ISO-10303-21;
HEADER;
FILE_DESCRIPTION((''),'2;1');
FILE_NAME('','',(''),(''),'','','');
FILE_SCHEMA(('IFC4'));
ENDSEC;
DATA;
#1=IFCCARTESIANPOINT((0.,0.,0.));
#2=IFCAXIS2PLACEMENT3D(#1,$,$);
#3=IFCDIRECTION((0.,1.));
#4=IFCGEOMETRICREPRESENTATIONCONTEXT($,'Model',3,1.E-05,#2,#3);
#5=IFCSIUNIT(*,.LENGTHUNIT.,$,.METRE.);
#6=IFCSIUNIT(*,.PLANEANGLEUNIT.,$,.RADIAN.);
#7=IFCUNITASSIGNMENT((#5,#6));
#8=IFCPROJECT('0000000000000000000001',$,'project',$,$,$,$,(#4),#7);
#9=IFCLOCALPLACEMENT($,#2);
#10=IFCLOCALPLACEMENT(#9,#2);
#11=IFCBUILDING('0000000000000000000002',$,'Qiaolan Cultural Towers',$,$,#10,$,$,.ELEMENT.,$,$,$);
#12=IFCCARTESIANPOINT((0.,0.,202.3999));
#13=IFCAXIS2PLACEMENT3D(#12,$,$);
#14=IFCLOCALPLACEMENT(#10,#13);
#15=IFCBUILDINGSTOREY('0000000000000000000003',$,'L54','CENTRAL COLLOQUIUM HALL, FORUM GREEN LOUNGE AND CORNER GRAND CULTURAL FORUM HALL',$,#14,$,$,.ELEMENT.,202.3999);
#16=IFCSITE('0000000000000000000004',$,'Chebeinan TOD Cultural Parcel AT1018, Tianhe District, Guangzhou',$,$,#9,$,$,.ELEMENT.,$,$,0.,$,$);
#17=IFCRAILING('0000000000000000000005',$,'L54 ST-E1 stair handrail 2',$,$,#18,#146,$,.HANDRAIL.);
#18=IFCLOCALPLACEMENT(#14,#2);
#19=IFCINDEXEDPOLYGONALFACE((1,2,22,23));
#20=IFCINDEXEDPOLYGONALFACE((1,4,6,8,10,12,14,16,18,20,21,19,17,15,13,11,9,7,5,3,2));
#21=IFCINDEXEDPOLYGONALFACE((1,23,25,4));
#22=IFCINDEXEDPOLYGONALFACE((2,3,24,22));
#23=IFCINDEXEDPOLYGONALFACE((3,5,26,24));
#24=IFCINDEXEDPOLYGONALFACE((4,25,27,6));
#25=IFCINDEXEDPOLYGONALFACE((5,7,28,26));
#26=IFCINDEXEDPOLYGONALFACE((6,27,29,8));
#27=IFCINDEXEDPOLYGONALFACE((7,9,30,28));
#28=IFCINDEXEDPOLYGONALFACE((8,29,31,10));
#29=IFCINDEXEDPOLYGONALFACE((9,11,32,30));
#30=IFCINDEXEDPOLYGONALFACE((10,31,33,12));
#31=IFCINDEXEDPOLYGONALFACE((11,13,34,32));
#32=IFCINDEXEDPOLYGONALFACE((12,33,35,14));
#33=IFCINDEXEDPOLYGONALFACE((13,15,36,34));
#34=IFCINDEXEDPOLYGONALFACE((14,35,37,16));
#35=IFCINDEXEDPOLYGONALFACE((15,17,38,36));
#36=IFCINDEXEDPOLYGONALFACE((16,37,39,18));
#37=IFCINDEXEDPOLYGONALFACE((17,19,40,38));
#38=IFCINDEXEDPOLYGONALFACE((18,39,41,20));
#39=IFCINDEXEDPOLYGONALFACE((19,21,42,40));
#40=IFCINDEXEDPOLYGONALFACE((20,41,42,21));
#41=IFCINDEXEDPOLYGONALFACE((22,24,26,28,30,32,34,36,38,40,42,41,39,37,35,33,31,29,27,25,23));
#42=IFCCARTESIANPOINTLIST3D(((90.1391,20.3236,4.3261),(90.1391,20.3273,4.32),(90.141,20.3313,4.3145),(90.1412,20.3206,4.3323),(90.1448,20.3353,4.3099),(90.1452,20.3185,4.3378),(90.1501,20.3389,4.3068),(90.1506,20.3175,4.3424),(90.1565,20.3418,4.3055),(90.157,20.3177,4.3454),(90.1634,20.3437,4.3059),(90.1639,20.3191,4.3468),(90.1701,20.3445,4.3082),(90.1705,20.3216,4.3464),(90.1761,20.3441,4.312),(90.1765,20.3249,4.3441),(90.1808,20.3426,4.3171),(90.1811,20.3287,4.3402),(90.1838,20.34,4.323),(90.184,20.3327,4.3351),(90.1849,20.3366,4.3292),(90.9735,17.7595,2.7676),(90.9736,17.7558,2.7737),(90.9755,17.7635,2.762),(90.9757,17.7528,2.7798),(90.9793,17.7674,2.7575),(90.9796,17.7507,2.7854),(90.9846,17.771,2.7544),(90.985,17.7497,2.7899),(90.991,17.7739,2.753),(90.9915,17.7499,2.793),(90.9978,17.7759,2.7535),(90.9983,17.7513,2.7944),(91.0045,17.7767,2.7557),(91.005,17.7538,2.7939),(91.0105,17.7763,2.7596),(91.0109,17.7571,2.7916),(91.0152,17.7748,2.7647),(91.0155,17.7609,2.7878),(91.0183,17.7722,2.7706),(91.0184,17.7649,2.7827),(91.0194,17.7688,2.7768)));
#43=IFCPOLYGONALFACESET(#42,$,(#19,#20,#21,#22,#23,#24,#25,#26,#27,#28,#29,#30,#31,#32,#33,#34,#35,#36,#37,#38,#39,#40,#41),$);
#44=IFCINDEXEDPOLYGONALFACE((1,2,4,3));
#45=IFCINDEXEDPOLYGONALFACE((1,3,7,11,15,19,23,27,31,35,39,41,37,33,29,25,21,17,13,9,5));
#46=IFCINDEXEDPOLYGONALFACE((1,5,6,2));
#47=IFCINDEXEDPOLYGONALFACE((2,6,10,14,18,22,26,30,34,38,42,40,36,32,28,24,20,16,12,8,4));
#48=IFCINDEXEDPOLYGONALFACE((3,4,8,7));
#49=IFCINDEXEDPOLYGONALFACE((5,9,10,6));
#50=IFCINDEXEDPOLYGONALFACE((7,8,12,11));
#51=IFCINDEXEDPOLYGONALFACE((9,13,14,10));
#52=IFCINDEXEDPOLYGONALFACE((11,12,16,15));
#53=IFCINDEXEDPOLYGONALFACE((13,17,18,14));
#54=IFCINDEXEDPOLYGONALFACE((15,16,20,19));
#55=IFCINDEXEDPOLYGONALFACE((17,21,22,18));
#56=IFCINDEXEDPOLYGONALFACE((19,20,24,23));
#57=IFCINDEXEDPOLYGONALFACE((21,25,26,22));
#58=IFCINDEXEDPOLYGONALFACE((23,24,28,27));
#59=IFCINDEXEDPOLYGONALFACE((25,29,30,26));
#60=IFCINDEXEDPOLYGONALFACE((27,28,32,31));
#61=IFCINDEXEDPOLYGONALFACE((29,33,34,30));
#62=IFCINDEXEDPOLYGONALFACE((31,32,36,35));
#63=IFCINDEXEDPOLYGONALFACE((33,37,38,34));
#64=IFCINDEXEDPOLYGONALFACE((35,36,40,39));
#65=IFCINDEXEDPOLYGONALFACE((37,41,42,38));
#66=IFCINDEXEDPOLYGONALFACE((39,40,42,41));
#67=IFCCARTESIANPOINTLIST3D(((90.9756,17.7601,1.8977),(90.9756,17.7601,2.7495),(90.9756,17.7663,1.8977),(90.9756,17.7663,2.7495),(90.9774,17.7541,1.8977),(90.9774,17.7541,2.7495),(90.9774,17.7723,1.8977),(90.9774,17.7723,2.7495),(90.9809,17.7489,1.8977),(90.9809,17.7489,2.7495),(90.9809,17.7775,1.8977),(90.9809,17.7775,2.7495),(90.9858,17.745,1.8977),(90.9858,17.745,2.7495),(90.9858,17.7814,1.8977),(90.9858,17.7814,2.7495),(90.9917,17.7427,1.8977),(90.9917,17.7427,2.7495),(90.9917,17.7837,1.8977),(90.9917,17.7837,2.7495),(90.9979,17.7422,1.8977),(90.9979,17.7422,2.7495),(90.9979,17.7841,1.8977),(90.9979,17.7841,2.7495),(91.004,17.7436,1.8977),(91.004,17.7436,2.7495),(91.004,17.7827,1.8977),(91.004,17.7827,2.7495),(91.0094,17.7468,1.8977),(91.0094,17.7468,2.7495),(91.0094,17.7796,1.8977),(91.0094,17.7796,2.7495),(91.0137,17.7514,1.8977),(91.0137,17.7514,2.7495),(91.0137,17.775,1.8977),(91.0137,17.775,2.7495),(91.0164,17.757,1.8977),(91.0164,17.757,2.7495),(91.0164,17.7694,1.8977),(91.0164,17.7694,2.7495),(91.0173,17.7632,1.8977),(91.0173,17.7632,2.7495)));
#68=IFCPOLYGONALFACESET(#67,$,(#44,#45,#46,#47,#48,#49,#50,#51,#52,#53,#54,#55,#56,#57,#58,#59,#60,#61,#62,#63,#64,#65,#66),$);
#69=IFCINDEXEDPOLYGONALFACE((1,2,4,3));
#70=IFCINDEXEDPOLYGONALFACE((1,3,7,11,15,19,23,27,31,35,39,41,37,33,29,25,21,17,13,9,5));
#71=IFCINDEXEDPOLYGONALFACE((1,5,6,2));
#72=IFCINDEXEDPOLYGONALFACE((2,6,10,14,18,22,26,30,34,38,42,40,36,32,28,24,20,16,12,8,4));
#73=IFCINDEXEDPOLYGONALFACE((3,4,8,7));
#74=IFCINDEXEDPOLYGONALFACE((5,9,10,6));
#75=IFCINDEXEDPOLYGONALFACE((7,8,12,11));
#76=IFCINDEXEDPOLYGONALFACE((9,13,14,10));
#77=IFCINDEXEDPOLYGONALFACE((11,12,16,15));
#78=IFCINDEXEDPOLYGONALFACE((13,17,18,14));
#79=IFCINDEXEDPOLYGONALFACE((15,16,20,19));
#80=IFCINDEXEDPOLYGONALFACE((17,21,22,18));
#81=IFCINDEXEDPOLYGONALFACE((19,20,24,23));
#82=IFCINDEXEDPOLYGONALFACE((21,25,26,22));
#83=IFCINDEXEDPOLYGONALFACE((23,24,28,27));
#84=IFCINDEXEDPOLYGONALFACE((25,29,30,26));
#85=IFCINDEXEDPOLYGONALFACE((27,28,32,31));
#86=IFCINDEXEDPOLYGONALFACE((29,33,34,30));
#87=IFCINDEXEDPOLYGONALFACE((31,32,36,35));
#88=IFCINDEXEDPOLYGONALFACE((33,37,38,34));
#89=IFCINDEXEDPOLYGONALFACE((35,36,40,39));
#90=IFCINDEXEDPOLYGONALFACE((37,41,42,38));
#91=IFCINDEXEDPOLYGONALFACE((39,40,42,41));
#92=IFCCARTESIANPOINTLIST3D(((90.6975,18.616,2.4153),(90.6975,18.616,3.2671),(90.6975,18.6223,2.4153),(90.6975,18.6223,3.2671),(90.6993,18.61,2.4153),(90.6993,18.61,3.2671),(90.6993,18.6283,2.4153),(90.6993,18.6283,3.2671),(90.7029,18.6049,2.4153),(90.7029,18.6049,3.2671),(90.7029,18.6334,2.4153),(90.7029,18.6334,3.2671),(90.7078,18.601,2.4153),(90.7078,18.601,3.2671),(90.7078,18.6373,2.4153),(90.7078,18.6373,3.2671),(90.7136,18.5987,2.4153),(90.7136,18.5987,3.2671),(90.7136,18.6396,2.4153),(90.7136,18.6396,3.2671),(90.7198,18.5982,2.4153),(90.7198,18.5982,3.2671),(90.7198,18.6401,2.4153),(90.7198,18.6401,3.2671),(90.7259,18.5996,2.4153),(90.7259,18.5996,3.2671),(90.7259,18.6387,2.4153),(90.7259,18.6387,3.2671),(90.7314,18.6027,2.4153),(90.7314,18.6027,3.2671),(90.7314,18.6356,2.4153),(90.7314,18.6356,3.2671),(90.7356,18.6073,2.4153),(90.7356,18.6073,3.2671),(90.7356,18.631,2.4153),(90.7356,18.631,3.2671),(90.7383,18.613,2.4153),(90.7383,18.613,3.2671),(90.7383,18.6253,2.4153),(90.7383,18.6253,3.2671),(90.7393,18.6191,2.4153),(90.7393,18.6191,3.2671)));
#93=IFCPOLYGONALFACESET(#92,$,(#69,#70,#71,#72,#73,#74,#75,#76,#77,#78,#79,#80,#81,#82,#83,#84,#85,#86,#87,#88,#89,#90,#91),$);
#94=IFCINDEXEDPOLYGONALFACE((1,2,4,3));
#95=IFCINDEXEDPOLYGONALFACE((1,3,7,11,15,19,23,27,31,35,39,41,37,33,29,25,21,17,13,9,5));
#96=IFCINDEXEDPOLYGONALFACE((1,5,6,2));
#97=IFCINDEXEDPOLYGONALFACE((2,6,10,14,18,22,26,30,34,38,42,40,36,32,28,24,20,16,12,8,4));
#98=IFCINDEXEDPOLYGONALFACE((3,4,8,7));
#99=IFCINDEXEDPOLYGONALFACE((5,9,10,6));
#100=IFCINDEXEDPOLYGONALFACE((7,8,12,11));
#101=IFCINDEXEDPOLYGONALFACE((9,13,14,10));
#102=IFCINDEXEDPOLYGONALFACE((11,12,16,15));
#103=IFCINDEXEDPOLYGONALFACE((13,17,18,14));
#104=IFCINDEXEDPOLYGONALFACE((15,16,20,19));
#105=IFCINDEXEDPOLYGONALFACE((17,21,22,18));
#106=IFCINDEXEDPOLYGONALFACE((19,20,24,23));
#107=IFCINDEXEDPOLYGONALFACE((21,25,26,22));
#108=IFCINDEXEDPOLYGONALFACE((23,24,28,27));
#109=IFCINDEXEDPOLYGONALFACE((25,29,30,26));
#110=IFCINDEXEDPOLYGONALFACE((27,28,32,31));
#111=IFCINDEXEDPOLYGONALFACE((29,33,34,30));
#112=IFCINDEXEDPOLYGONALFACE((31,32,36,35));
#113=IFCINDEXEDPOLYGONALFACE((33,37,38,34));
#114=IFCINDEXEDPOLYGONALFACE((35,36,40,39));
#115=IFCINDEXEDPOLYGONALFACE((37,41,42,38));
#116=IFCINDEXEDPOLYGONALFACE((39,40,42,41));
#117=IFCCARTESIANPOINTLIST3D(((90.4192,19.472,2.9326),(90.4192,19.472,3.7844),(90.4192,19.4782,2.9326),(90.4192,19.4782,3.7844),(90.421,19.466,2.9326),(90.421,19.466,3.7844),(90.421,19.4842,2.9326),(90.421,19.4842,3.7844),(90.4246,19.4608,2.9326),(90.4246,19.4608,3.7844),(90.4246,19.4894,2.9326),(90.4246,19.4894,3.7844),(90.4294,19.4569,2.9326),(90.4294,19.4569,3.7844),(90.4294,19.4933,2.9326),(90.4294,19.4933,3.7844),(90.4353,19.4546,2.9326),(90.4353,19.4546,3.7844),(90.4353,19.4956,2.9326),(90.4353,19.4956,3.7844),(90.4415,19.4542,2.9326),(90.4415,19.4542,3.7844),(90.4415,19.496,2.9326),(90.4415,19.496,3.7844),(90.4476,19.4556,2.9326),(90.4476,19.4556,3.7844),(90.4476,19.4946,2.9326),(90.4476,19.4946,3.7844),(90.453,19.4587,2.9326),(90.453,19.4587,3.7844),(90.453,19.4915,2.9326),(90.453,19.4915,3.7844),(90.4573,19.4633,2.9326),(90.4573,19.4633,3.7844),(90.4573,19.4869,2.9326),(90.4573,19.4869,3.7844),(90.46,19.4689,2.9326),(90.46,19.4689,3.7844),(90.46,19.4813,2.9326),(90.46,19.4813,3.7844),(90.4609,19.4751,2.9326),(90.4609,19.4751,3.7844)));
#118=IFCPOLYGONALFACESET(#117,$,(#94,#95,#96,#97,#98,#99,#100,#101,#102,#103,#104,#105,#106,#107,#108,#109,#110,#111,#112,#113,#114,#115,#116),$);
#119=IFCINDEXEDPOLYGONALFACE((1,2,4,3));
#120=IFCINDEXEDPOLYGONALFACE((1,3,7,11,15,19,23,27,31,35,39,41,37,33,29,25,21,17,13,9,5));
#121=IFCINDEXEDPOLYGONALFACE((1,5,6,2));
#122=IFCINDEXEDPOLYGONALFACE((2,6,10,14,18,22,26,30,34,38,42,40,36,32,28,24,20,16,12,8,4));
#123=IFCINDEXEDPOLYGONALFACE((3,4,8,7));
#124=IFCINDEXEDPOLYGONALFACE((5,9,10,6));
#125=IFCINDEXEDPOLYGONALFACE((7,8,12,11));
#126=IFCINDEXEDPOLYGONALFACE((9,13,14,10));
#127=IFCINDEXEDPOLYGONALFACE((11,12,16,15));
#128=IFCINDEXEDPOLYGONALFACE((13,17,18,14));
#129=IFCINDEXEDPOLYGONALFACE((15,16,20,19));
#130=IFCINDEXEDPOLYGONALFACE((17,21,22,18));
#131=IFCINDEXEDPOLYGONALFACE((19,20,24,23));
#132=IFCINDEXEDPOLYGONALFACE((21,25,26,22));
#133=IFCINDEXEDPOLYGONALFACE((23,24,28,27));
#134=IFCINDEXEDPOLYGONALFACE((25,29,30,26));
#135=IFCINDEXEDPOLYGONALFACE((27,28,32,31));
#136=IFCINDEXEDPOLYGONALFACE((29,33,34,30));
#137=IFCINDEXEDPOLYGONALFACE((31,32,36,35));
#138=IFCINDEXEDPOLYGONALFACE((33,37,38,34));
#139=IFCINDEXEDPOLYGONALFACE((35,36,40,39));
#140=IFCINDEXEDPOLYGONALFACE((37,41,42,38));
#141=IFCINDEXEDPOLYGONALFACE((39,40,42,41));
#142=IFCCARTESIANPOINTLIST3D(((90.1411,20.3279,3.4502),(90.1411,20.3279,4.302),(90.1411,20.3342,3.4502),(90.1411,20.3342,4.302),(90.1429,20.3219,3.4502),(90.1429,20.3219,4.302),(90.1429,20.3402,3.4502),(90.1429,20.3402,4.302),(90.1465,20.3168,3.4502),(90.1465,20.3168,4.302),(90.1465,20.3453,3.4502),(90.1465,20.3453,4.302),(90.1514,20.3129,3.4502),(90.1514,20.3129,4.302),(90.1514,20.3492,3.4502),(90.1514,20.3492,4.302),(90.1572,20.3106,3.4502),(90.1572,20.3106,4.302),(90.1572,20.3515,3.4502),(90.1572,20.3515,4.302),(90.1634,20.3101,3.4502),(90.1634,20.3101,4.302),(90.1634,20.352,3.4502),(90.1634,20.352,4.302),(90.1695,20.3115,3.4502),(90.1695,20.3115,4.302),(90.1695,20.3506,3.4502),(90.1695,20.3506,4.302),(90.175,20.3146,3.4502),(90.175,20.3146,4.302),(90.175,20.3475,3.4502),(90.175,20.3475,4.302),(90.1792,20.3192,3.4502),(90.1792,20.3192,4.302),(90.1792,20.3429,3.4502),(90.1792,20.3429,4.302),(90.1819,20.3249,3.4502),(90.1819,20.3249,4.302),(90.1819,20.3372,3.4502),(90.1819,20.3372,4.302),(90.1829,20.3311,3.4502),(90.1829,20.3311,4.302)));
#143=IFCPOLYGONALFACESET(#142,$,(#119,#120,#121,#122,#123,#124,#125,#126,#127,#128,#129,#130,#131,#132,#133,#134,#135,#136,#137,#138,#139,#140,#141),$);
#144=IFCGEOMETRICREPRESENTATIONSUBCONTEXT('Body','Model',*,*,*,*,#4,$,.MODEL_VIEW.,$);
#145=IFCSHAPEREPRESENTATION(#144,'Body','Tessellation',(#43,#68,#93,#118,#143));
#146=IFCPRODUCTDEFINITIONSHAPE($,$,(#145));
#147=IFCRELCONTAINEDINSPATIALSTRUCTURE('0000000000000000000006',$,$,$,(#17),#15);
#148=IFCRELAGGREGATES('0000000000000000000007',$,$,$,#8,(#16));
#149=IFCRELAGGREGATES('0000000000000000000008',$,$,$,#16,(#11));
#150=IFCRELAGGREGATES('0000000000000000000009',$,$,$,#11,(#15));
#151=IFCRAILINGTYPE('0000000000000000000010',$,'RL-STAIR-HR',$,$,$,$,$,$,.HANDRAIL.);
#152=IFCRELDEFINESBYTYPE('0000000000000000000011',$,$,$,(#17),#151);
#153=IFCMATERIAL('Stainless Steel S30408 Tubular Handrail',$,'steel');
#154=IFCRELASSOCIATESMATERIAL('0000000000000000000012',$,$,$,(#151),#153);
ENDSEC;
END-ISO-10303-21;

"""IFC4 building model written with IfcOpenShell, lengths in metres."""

from ifc_helpers import new_model, si_unit, direction, frame, origin, origin_2d, place, context, subcontext, project, spatial, circle, extrude, material, type_object, element, save


model = new_model("IFC4")

# Units and contexts
model_context = context("Model", 3, precision=1e-05, world=origin(), true_north=direction((0.0, 1.0)))
body_context = subcontext(model_context, "Body", "Model", "MODEL_VIEW")
ifc_project = project(units=[si_unit("LENGTHUNIT", "METRE"), si_unit("PLANEANGLEUNIT", "RADIAN")], contexts=[model_context])

# Site, building, storey
site_placement = place(None, origin())
site = spatial("IfcSite", under=ifc_project, at=site_placement, Name="Chebeinan TOD Cultural Parcel AT1018, Tianhe District, Guangzhou", CompositionType="ELEMENT", RefElevation=0.0)
building_placement = place(site_placement, origin())
building = spatial("IfcBuilding", under=site, at=building_placement, Name="Qiaolan Cultural Towers", CompositionType="ELEMENT")
storey_placement = place(building_placement, frame((0.0, 0.0, 202.3999)))
storey = spatial("IfcBuildingStorey", under=building, at=storey_placement, Name="L54", Description="CENTRAL COLLOQUIUM HALL, FORUM GREEN LOUNGE AND CORNER GRAND CULTURAL FORUM HALL", CompositionType="ELEMENT", Elevation=202.3999)

# Railing
ifc_material_1 = material(Name="Stainless Steel S30408 Tubular Handrail", Category="steel")
railing_type_1 = type_object("IfcRailingType", Name="RL-STAIR-HR", PredefinedType="HANDRAIL", material=ifc_material_1)
railing_1_placement = place(storey_placement, frame((90.9963, 17.7632, 1.8977)))
element("IfcRailing", 1, at=railing_1_placement, inside=storey, type_object=railing_type_1, Name="L54 ST-E1 stair handrail 2", PredefinedType="HANDRAIL", context=body_context, shape_type="SweptSolid", body=[
    extrude(circle(Radius=0.0239, at=origin_2d()), frame((0.0, 0.0, 0.876), z_axis=(-0.267926, 0.824471, 0.498461), x_axis=(-0.951043, -0.309057, 0.0)), (0.0, 0.0, 1.0), 3.1145),
    extrude(circle(Radius=0.021, at=origin_2d()), origin(), (0.0, 0.0, 1.0), 0.8518),
    extrude(circle(Radius=0.021, at=origin_2d()), frame((-0.2781, 0.856, 0.5176)), (0.0, 0.0, 1.0), 0.8518),
    extrude(circle(Radius=0.021, at=origin_2d()), frame((-0.5564, 1.7119, 1.0349)), (0.0, 0.0, 1.0), 0.8518),
    extrude(circle(Radius=0.021, at=origin_2d()), frame((-0.8345, 2.5679, 1.5525)), (0.0, 0.0, 1.0), 0.8518),
])

save(model, "model.ifc")
